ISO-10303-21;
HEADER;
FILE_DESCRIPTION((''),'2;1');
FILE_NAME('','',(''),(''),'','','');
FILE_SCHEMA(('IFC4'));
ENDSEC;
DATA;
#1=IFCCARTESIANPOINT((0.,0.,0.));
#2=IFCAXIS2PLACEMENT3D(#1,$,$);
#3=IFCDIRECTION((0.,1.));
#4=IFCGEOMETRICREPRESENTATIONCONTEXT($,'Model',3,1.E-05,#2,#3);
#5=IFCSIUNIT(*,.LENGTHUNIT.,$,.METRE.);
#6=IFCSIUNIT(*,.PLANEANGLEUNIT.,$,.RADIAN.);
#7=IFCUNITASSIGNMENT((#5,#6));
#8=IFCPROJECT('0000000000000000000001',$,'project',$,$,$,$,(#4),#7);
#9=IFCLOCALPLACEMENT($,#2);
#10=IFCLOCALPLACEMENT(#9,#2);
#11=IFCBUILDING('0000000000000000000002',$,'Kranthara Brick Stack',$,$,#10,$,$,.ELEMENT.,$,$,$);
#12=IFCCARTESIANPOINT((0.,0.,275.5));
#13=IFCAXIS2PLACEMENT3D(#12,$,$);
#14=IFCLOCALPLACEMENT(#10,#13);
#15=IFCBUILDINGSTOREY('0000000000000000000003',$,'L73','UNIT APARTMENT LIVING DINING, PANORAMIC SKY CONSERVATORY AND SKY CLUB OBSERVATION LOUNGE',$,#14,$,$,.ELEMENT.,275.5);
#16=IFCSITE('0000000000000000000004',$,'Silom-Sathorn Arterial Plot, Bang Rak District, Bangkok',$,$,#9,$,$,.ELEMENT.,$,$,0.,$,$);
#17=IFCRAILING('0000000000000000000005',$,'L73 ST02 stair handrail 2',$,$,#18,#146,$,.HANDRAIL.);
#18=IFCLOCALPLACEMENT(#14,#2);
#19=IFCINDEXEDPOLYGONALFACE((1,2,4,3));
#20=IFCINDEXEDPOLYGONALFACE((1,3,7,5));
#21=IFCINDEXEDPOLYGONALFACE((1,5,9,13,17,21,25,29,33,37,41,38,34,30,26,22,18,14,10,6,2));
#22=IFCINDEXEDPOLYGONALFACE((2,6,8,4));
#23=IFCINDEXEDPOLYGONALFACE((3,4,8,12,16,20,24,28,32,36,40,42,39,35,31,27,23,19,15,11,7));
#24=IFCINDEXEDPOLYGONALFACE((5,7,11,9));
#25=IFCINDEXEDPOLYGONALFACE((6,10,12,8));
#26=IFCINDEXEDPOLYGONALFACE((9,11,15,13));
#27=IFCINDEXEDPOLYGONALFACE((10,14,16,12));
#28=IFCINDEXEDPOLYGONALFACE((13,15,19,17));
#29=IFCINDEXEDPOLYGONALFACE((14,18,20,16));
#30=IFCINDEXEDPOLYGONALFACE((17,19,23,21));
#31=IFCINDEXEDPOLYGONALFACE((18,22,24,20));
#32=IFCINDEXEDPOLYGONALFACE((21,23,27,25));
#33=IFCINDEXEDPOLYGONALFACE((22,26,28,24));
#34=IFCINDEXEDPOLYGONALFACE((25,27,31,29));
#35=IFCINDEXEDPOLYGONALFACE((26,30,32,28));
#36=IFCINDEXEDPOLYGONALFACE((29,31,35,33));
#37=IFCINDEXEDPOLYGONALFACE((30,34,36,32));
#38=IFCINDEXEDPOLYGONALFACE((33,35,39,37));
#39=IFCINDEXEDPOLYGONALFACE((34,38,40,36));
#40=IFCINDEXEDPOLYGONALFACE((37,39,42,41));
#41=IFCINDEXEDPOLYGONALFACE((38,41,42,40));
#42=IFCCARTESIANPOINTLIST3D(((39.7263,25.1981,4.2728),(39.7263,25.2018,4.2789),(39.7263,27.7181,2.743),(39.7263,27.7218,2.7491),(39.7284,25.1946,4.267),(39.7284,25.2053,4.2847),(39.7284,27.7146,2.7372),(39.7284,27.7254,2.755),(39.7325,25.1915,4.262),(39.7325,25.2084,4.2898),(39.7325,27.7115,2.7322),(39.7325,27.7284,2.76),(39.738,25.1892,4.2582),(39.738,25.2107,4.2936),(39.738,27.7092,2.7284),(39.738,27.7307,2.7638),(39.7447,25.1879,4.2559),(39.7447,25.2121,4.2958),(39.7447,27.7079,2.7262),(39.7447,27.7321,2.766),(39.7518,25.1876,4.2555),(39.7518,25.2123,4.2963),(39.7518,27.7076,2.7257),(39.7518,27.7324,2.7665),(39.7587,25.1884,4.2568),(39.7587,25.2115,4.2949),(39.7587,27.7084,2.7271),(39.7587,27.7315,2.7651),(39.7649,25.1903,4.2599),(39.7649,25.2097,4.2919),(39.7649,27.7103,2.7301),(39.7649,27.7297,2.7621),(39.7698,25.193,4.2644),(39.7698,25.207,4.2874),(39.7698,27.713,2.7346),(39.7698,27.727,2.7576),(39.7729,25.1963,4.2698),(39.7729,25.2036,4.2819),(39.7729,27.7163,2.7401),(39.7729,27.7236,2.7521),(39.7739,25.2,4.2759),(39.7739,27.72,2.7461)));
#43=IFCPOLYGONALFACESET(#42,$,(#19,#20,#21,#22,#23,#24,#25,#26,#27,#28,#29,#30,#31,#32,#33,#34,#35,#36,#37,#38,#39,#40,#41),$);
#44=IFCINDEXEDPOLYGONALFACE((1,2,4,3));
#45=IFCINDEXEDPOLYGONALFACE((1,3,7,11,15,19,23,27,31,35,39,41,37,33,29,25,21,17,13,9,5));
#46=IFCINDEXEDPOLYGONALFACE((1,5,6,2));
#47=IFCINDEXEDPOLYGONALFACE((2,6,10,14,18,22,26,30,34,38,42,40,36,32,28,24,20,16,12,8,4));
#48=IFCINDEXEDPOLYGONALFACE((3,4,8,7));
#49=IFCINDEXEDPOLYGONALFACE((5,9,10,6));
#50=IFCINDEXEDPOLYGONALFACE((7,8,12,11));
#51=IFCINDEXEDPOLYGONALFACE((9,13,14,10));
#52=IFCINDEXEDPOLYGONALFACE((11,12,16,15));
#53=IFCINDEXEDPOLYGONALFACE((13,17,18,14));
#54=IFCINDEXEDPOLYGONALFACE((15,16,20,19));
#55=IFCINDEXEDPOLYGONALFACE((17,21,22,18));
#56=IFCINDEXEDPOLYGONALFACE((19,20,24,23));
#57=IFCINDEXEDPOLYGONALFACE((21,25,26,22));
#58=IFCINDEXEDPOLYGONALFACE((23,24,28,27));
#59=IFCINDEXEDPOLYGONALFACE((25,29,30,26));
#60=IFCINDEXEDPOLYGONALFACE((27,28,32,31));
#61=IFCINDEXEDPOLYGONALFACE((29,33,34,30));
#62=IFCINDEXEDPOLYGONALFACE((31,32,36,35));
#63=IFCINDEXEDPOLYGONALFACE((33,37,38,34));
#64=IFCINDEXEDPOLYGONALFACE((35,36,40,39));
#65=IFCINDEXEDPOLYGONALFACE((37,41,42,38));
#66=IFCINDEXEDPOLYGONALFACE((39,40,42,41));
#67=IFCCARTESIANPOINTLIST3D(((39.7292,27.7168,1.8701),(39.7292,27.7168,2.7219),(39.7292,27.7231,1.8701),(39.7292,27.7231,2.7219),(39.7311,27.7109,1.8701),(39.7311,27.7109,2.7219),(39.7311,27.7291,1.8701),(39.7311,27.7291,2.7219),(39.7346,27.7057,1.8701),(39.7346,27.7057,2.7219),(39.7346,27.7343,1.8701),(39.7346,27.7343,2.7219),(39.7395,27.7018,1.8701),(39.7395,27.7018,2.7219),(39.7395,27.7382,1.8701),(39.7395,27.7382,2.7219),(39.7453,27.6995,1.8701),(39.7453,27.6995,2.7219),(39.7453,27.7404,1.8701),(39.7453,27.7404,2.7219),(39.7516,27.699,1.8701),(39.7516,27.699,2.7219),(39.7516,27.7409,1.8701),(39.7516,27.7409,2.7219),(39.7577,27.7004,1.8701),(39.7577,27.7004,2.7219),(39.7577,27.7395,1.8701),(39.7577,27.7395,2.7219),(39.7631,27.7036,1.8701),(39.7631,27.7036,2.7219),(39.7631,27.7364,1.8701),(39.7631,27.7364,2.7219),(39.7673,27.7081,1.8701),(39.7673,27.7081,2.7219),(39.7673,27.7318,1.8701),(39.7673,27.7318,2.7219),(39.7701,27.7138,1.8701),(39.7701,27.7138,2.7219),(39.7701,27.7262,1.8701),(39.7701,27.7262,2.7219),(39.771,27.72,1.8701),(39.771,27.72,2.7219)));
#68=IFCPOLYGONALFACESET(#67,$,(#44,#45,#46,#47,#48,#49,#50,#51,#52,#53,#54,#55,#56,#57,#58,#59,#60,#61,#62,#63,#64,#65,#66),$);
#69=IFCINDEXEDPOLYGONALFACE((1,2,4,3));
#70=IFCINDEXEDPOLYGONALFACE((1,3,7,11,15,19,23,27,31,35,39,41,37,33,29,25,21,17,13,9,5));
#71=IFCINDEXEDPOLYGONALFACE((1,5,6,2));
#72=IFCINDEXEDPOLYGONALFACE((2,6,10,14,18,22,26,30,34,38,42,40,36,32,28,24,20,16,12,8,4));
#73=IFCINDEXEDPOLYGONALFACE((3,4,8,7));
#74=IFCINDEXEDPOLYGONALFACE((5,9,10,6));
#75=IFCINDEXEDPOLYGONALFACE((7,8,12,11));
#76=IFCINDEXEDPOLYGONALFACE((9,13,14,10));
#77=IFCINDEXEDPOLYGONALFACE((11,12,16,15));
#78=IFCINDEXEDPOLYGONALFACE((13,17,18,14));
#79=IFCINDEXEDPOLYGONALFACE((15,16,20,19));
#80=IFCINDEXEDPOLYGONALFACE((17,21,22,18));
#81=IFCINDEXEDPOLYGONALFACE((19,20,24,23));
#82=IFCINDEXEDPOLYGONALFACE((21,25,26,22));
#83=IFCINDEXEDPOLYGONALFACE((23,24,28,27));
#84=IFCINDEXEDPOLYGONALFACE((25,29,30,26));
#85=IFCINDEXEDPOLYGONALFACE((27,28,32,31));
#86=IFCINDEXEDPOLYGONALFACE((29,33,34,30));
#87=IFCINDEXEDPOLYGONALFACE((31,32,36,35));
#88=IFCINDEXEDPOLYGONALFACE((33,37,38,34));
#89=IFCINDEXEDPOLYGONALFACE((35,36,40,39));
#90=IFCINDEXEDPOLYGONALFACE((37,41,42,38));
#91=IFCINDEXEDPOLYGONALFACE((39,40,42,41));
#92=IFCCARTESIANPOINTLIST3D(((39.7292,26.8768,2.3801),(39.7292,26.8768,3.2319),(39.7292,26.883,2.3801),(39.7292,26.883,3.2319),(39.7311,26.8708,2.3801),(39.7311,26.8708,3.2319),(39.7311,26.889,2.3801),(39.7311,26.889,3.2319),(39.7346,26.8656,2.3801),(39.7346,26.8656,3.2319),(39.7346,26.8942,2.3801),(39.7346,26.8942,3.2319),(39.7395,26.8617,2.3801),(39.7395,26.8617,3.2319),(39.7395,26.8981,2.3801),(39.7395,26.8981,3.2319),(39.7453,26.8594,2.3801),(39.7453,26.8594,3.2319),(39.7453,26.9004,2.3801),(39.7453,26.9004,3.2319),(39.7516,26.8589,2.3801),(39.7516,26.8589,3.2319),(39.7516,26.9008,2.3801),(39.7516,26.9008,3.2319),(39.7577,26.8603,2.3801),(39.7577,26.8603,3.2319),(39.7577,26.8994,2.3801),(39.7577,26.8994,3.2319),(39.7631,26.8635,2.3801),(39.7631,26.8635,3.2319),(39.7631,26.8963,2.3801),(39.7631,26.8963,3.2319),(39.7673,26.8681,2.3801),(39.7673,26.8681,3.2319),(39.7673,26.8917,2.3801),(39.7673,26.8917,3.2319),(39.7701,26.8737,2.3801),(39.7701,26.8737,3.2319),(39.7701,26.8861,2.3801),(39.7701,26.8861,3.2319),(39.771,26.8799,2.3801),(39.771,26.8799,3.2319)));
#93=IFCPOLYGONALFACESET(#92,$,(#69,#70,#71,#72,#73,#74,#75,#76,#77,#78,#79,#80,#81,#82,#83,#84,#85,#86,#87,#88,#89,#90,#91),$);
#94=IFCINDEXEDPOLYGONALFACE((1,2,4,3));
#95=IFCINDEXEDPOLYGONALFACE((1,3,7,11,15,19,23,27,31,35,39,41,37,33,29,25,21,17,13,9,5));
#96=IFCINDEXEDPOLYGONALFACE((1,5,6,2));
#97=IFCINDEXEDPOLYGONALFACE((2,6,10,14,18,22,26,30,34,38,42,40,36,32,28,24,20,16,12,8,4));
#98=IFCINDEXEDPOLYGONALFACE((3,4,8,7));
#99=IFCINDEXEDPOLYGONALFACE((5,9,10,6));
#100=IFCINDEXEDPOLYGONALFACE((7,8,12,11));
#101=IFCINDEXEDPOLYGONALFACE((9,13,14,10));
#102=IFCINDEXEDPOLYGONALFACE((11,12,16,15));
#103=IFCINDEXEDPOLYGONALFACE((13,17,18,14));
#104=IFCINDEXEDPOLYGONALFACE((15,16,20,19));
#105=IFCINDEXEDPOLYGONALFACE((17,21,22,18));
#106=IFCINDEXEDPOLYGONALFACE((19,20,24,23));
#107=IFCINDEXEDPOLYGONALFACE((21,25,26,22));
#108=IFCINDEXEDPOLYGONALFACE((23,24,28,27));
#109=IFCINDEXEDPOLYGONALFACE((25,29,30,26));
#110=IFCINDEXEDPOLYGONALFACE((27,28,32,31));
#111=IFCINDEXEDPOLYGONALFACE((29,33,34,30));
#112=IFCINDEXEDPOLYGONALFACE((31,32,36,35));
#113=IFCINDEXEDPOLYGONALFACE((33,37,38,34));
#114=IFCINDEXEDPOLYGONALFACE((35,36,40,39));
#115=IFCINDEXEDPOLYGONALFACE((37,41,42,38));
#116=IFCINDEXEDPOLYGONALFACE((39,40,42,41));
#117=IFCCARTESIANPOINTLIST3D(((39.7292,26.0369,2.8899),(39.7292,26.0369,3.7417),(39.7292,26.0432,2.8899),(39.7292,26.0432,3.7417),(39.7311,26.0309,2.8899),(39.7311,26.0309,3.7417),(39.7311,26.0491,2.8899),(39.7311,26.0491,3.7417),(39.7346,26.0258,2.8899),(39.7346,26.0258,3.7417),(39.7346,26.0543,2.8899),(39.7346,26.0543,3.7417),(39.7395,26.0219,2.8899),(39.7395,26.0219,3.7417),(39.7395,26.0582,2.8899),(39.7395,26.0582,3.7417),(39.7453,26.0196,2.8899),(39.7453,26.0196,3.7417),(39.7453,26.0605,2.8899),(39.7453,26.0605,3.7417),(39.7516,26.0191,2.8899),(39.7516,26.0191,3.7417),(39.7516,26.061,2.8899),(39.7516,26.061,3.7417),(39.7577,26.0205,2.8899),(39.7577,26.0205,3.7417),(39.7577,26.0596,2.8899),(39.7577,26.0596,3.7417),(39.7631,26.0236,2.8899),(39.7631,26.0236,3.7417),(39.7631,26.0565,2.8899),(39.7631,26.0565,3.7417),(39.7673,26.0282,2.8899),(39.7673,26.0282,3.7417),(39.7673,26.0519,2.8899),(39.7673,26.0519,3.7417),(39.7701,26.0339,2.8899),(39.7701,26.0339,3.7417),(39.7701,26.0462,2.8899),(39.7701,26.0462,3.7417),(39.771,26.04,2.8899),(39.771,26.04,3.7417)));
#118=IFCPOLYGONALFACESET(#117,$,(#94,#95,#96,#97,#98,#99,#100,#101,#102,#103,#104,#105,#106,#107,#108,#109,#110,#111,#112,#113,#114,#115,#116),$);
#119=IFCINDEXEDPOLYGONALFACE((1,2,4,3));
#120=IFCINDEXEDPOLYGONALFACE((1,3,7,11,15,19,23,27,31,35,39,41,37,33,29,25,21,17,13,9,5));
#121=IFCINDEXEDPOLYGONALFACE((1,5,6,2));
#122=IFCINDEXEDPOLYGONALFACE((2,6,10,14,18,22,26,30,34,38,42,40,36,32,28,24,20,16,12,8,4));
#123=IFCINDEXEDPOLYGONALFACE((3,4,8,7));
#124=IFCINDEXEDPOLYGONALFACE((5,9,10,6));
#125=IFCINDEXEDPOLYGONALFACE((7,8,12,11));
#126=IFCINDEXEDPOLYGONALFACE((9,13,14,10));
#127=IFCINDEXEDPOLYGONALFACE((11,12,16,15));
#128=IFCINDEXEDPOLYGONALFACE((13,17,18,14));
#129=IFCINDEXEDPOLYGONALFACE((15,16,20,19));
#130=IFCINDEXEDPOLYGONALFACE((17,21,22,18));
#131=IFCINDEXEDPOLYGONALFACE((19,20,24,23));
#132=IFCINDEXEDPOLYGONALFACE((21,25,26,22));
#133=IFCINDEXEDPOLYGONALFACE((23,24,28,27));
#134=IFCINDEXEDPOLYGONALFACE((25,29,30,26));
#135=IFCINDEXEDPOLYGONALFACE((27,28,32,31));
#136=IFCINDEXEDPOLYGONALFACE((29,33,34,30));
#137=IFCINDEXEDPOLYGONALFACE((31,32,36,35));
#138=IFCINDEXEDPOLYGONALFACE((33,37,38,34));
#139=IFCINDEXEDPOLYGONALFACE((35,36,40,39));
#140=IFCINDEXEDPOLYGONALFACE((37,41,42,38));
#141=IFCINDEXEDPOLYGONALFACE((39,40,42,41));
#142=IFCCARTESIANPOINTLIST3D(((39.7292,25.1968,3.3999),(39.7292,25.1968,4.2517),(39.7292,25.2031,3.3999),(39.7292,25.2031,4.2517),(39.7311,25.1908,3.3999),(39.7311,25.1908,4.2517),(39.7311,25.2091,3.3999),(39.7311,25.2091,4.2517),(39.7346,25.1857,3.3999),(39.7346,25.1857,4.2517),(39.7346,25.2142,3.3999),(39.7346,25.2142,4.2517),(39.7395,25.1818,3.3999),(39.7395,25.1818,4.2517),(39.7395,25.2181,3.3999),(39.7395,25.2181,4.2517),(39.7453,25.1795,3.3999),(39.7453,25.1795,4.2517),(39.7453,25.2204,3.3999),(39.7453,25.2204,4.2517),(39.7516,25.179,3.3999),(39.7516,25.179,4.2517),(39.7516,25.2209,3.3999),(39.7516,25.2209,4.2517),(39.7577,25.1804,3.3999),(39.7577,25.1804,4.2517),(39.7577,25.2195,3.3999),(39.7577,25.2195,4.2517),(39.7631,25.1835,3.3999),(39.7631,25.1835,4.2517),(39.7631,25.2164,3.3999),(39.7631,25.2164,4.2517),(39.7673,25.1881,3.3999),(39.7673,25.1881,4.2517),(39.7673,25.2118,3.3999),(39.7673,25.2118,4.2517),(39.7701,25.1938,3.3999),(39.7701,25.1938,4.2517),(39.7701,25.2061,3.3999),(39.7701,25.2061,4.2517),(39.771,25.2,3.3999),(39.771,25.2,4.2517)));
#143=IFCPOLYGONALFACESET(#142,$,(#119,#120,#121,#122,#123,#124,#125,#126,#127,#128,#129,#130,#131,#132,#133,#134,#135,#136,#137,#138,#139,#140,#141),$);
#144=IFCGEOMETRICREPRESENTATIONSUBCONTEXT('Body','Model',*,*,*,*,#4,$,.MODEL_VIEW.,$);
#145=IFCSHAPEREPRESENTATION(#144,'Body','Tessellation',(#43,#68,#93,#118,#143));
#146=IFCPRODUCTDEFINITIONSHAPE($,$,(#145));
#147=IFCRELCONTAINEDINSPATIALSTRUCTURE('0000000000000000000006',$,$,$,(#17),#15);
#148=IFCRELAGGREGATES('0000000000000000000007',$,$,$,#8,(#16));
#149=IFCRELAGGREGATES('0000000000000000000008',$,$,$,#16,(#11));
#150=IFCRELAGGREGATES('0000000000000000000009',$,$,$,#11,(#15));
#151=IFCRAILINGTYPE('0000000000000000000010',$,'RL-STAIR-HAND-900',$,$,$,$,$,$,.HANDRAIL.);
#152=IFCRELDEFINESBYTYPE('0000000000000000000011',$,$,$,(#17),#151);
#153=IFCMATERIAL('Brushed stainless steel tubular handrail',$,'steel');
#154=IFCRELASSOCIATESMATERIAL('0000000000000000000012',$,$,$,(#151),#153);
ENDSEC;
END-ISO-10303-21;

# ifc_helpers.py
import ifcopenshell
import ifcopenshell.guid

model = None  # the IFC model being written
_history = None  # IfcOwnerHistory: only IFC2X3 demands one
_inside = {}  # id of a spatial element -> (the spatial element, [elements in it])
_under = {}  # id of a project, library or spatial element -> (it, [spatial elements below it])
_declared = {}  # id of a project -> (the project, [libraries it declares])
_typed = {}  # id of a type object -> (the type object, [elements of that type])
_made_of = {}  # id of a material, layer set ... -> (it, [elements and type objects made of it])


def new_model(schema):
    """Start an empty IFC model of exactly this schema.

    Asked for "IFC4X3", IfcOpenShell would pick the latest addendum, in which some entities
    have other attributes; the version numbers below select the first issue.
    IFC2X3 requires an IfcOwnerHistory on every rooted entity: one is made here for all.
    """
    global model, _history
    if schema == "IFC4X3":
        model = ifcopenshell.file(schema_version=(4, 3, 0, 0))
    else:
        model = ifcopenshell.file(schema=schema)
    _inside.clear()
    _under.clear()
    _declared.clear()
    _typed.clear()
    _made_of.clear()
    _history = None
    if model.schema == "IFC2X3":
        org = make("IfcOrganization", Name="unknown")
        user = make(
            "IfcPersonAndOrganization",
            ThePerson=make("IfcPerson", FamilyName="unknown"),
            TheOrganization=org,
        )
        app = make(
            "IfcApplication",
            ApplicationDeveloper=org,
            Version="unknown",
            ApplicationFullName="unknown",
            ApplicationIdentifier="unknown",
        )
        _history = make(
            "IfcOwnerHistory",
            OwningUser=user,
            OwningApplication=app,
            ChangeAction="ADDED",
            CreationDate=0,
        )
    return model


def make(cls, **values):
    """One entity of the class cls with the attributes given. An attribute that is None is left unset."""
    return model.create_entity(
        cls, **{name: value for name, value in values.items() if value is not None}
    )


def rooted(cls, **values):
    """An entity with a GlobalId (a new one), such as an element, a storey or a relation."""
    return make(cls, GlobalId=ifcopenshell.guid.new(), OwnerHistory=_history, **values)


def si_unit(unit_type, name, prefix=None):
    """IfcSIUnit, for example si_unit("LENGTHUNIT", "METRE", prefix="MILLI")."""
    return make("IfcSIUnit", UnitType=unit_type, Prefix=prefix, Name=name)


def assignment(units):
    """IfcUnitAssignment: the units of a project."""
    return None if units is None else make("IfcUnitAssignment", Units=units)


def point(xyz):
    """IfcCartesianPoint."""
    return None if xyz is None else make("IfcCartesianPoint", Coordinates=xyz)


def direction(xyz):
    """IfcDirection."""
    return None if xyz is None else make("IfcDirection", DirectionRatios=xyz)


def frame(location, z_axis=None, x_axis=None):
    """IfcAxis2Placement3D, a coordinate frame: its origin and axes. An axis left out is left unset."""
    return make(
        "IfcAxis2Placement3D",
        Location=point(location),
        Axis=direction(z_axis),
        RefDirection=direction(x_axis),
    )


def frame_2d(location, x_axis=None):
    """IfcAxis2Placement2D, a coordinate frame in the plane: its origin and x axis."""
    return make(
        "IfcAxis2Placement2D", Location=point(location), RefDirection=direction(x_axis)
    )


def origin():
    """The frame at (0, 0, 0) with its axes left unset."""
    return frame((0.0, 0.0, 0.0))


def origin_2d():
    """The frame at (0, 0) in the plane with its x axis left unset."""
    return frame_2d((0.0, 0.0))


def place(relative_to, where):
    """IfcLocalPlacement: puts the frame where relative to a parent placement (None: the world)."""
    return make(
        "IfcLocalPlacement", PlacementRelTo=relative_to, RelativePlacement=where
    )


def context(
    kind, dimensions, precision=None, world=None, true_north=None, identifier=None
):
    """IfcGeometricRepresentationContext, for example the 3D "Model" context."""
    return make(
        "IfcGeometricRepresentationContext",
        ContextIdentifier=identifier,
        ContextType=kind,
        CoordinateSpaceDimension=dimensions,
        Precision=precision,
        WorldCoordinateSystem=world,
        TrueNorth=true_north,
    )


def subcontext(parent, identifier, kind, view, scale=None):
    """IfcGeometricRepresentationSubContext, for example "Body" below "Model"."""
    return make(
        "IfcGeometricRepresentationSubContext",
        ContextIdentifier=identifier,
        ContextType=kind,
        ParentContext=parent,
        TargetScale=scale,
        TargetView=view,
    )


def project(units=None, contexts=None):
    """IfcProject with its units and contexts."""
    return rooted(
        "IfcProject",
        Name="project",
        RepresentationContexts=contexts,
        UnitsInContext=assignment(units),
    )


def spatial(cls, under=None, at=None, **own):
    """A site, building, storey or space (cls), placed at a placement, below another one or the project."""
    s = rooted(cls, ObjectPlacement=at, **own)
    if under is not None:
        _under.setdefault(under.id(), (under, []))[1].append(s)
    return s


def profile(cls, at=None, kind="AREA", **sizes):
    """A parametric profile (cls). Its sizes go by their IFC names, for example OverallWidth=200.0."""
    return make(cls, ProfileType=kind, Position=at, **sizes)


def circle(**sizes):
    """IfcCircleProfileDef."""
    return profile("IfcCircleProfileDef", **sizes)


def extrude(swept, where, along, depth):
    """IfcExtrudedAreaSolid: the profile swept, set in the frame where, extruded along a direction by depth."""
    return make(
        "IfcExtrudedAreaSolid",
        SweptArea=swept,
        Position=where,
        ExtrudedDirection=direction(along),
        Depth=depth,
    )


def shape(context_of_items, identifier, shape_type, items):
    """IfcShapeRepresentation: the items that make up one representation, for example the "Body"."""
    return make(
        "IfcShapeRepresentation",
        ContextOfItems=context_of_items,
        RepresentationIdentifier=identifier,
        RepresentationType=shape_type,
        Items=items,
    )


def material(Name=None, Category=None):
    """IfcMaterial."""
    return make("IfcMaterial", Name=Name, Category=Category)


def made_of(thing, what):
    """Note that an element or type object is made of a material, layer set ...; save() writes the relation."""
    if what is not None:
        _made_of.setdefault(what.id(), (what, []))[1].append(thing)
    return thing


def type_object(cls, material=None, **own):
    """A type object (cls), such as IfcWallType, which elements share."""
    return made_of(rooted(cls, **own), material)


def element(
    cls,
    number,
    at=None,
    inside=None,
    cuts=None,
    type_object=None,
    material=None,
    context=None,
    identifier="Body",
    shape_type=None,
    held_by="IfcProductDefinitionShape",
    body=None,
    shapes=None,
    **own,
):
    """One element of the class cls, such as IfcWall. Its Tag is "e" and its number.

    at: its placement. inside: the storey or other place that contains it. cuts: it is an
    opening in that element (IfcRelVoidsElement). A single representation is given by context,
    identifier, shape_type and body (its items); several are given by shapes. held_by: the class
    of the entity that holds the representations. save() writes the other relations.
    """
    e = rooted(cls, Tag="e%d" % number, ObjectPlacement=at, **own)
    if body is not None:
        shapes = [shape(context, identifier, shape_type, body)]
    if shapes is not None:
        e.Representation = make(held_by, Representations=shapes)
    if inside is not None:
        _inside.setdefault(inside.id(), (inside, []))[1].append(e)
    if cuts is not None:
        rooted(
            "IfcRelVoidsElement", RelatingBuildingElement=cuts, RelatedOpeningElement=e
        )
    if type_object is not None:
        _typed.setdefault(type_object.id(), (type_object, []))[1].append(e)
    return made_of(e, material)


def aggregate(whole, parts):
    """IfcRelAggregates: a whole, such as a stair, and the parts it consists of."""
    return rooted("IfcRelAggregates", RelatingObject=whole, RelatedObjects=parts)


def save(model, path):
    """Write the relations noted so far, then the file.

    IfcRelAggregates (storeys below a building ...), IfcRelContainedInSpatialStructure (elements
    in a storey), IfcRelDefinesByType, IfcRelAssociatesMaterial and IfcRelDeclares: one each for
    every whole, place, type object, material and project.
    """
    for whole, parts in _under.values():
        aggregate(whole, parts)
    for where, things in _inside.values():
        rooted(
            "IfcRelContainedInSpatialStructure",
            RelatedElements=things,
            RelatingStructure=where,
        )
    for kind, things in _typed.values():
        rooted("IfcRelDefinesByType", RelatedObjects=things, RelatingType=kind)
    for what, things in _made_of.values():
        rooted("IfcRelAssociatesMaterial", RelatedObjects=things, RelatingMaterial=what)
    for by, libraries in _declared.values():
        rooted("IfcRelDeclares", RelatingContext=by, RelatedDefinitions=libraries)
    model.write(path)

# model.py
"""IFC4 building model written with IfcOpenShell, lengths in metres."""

from ifc_helpers import new_model, si_unit, direction, frame, origin, origin_2d, place, context, subcontext, project, spatial, circle, extrude, material, type_object, element, save


model = new_model("IFC4")

# Units and contexts
model_context = context("Model", 3, precision=1e-05, world=origin(), true_north=direction((0.0, 1.0)))
body_context = subcontext(model_context, "Body", "Model", "MODEL_VIEW")
ifc_project = project(units=[si_unit("LENGTHUNIT", "METRE"), si_unit("PLANEANGLEUNIT", "RADIAN")], contexts=[model_context])

# Site, building, storey
site_placement = place(None, origin())
site = spatial("IfcSite", under=ifc_project, at=site_placement, Name="Silom-Sathorn Arterial Plot, Bang Rak District, Bangkok", CompositionType="ELEMENT", RefElevation=0.0)
building_placement = place(site_placement, origin())
building = spatial("IfcBuilding", under=site, at=building_placement, Name="Kranthara Brick Stack", CompositionType="ELEMENT")
storey_placement = place(building_placement, frame((0.0, 0.0, 275.5)))
storey = spatial("IfcBuildingStorey", under=building, at=storey_placement, Name="L73", Description="UNIT APARTMENT LIVING DINING, PANORAMIC SKY CONSERVATORY AND SKY CLUB OBSERVATION LOUNGE", CompositionType="ELEMENT", Elevation=275.5)

# Railing
ifc_material_1 = material(Name="Brushed stainless steel tubular handrail", Category="steel")
railing_type_1 = type_object("IfcRailingType", Name="RL-STAIR-HAND-900", PredefinedType="HANDRAIL", material=ifc_material_1)
railing_1_placement = place(storey_placement, frame((39.75, 27.72, 1.8701)))
element("IfcRailing", 1, at=railing_1_placement, inside=storey, type_object=railing_type_1, Name="L73 ST02 stair handrail 2", PredefinedType="HANDRAIL", context=body_context, shape_type="SweptSolid", body=[
    extrude(circle(Radius=0.0239, at=origin_2d()), frame((0.0, 0.0, 0.876), z_axis=(0.0, -0.854822, 0.518922), x_axis=(1.0, 0.0, 0.0)), (0.0, 0.0, 1.0), 2.948),
    extrude(circle(Radius=0.021, at=origin_2d()), origin(), (0.0, 0.0, 1.0), 0.8518),
    extrude(circle(Radius=0.021, at=origin_2d()), frame((0.0, -0.8401, 0.51)), (0.0, 0.0, 1.0), 0.8518),
    extrude(circle(Radius=0.021, at=origin_2d()), frame((0.0, -1.6799, 1.0198)), (0.0, 0.0, 1.0), 0.8518),
    extrude(circle(Radius=0.021, at=origin_2d()), frame((0.0, -2.52, 1.5298)), (0.0, 0.0, 1.0), 0.8518),
])

save(model, "model.ifc")
